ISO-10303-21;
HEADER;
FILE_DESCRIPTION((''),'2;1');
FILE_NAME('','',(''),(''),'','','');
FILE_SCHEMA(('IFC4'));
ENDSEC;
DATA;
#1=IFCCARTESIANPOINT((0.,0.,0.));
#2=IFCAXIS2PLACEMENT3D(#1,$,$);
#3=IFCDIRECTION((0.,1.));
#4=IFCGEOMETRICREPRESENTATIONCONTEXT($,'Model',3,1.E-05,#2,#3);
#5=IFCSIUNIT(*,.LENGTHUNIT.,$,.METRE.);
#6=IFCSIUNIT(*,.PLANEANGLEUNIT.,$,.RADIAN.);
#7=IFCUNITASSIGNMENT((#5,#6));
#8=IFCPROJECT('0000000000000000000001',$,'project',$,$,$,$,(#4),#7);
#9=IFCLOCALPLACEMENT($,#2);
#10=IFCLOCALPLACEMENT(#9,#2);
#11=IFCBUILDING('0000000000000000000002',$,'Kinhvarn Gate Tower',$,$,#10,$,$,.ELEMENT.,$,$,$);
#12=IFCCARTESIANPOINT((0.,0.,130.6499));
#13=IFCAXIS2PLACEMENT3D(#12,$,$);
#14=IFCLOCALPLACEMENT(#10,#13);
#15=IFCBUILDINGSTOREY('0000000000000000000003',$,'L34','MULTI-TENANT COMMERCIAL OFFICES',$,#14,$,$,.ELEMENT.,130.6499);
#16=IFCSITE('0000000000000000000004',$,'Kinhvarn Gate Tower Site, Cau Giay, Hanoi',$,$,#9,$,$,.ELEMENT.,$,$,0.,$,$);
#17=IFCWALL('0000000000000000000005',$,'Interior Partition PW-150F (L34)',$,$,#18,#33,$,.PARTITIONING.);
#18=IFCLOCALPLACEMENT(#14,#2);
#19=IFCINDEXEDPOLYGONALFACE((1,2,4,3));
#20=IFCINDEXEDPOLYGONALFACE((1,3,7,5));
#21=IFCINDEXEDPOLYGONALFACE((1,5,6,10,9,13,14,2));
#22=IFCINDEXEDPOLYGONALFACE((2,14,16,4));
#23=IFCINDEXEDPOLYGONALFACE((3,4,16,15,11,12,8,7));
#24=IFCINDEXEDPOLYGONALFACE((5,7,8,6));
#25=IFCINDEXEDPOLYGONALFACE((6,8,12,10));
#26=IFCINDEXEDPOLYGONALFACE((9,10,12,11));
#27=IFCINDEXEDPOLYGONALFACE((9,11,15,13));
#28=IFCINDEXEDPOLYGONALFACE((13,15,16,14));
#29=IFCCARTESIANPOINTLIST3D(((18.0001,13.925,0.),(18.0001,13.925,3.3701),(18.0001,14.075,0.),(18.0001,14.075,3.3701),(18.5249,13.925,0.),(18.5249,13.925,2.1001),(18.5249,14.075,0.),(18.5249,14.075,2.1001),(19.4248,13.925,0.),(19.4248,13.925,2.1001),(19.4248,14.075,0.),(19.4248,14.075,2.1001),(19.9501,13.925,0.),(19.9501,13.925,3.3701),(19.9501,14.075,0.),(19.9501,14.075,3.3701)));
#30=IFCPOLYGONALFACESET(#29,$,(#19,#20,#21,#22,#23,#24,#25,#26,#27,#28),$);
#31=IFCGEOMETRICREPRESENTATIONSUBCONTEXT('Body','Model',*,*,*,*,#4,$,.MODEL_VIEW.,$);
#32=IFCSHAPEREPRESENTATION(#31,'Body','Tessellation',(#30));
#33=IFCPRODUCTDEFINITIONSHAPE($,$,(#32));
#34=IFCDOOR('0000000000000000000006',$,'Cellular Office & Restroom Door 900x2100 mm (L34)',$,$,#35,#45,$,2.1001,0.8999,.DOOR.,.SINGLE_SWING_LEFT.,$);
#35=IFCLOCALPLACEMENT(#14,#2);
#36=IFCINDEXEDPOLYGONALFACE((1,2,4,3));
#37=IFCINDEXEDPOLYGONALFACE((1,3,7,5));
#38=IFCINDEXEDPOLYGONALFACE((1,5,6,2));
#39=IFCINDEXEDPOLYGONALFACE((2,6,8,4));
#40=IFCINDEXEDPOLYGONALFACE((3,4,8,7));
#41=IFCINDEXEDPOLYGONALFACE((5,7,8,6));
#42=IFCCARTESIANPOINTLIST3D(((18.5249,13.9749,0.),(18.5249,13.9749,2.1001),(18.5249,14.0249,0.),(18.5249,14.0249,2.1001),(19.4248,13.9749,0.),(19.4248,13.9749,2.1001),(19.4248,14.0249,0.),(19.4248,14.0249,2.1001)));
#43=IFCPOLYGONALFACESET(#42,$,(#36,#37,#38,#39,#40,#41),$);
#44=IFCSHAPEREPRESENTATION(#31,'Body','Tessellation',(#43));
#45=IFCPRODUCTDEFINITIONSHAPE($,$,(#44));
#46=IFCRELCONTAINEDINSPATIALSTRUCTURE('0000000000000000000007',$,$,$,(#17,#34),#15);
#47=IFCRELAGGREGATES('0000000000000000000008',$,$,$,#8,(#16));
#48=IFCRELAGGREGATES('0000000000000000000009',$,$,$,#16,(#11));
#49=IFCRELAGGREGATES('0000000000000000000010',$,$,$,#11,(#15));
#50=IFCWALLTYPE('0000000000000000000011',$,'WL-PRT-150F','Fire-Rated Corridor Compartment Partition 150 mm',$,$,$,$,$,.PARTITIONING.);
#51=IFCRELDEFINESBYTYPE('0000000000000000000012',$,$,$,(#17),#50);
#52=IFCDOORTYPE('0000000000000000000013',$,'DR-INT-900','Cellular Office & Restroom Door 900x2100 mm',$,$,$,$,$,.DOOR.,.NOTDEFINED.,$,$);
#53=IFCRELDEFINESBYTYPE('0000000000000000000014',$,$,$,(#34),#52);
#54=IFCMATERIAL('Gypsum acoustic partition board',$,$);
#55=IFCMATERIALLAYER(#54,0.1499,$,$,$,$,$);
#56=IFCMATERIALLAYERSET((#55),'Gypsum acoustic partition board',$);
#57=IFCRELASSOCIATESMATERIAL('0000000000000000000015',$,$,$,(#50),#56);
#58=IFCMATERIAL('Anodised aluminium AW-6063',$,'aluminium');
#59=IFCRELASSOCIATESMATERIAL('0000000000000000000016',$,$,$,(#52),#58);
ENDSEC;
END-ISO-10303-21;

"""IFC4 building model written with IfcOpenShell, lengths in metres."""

from ifc_helpers import new_model, si_unit, direction, frame, frame_2d, origin, place, context, subcontext, project, spatial, rectangle, extrude, material, layer, layer_set, type_object, element, fill, save


model = new_model("IFC4")

# Units and contexts
model_context = context("Model", 3, precision=1e-05, world=origin(), true_north=direction((0.0, 1.0)))
body_context = subcontext(model_context, "Body", "Model", "MODEL_VIEW")
ifc_project = project(units=[si_unit("LENGTHUNIT", "METRE"), si_unit("PLANEANGLEUNIT", "RADIAN")], contexts=[model_context])

# Site, building, storey
site_placement = place(None, origin())
site = spatial("IfcSite", under=ifc_project, at=site_placement, Name="Kinhvarn Gate Tower Site, Cau Giay, Hanoi", CompositionType="ELEMENT", RefElevation=0.0)
building_placement = place(site_placement, origin())
building = spatial("IfcBuilding", under=site, at=building_placement, Name="Kinhvarn Gate Tower", CompositionType="ELEMENT")
storey_placement = place(building_placement, frame((0.0, 0.0, 130.6499)))
storey = spatial("IfcBuildingStorey", under=building, at=storey_placement, Name="L34", Description="MULTI-TENANT COMMERCIAL OFFICES", CompositionType="ELEMENT", Elevation=130.6499)

# Shared definitions
ifc_material_1 = material(Name="Anodised aluminium AW-6063", Category="aluminium")

# Shared definitions
ifc_material_2 = material(Name="Gypsum acoustic partition board")

# Wall, opening, door
ifc_layer_1 = layer(ifc_material_2, 0.1499)
ifc_layer_set_1 = layer_set([ifc_layer_1], Name="Gypsum acoustic partition board")
wall_type_1 = type_object("IfcWallType", Name="WL-PRT-150F", Description="Fire-Rated Corridor Compartment Partition 150 mm", PredefinedType="PARTITIONING", material=ifc_layer_set_1)
wall_1_placement = place(storey_placement, frame((18.0, 14.0, 0.0), z_axis=(0.0, 0.0, 1.0), x_axis=(1.0, 0.0, 0.0)))
wall_1 = element("IfcWall", 1, at=wall_1_placement, inside=storey, type_object=wall_type_1, Name="Interior Partition PW-150F (L34)", PredefinedType="PARTITIONING", context=body_context, shape_type="SweptSolid", body=[
    extrude(rectangle(XDim=1.95, YDim=0.1499, at=frame_2d((0.9751, 0.0))), origin(), (0.0, 0.0, 1.0), 3.3701),
])
opening_placement = place(wall_1_placement, frame((0.5249, 0.0, 0.0)))
opening = element("IfcOpeningElement", 2, at=opening_placement, cuts=wall_1, PredefinedType="OPENING", context=body_context, shape_type="SweptSolid", body=[
    extrude(rectangle(XDim=0.8999, YDim=2.1001, at=frame_2d((0.45, 1.05))), frame((0.0, 0.085, 0.0), z_axis=(0.0, -1.0, 0.0), x_axis=(1.0, 0.0, 0.0)), (0.0, 0.0, 1.0), 0.1699),
])
door_type = type_object("IfcDoorType", Name="DR-INT-900", Description="Cellular Office & Restroom Door 900x2100 mm", OperationType="NOTDEFINED", PredefinedType="DOOR", material=ifc_material_1)
door_placement = place(opening_placement, origin())
door = element("IfcDoor", 3, at=door_placement, inside=storey, type_object=door_type, Name="Cellular Office & Restroom Door 900x2100 mm (L34)", OperationType="SINGLE_SWING_LEFT", OverallHeight=2.1001, OverallWidth=0.8999, PredefinedType="DOOR", context=body_context, shape_type="SweptSolid", body=[
    extrude(rectangle(XDim=0.8999, YDim=2.1001, at=frame_2d((0.45, 1.05))), frame((0.0, 0.0249, 0.0), z_axis=(0.0, -1.0, 0.0), x_axis=(1.0, 0.0, 0.0)), (0.0, 0.0, 1.0), 0.05),
])
fill(opening, door)

save(model, "model.ifc")
